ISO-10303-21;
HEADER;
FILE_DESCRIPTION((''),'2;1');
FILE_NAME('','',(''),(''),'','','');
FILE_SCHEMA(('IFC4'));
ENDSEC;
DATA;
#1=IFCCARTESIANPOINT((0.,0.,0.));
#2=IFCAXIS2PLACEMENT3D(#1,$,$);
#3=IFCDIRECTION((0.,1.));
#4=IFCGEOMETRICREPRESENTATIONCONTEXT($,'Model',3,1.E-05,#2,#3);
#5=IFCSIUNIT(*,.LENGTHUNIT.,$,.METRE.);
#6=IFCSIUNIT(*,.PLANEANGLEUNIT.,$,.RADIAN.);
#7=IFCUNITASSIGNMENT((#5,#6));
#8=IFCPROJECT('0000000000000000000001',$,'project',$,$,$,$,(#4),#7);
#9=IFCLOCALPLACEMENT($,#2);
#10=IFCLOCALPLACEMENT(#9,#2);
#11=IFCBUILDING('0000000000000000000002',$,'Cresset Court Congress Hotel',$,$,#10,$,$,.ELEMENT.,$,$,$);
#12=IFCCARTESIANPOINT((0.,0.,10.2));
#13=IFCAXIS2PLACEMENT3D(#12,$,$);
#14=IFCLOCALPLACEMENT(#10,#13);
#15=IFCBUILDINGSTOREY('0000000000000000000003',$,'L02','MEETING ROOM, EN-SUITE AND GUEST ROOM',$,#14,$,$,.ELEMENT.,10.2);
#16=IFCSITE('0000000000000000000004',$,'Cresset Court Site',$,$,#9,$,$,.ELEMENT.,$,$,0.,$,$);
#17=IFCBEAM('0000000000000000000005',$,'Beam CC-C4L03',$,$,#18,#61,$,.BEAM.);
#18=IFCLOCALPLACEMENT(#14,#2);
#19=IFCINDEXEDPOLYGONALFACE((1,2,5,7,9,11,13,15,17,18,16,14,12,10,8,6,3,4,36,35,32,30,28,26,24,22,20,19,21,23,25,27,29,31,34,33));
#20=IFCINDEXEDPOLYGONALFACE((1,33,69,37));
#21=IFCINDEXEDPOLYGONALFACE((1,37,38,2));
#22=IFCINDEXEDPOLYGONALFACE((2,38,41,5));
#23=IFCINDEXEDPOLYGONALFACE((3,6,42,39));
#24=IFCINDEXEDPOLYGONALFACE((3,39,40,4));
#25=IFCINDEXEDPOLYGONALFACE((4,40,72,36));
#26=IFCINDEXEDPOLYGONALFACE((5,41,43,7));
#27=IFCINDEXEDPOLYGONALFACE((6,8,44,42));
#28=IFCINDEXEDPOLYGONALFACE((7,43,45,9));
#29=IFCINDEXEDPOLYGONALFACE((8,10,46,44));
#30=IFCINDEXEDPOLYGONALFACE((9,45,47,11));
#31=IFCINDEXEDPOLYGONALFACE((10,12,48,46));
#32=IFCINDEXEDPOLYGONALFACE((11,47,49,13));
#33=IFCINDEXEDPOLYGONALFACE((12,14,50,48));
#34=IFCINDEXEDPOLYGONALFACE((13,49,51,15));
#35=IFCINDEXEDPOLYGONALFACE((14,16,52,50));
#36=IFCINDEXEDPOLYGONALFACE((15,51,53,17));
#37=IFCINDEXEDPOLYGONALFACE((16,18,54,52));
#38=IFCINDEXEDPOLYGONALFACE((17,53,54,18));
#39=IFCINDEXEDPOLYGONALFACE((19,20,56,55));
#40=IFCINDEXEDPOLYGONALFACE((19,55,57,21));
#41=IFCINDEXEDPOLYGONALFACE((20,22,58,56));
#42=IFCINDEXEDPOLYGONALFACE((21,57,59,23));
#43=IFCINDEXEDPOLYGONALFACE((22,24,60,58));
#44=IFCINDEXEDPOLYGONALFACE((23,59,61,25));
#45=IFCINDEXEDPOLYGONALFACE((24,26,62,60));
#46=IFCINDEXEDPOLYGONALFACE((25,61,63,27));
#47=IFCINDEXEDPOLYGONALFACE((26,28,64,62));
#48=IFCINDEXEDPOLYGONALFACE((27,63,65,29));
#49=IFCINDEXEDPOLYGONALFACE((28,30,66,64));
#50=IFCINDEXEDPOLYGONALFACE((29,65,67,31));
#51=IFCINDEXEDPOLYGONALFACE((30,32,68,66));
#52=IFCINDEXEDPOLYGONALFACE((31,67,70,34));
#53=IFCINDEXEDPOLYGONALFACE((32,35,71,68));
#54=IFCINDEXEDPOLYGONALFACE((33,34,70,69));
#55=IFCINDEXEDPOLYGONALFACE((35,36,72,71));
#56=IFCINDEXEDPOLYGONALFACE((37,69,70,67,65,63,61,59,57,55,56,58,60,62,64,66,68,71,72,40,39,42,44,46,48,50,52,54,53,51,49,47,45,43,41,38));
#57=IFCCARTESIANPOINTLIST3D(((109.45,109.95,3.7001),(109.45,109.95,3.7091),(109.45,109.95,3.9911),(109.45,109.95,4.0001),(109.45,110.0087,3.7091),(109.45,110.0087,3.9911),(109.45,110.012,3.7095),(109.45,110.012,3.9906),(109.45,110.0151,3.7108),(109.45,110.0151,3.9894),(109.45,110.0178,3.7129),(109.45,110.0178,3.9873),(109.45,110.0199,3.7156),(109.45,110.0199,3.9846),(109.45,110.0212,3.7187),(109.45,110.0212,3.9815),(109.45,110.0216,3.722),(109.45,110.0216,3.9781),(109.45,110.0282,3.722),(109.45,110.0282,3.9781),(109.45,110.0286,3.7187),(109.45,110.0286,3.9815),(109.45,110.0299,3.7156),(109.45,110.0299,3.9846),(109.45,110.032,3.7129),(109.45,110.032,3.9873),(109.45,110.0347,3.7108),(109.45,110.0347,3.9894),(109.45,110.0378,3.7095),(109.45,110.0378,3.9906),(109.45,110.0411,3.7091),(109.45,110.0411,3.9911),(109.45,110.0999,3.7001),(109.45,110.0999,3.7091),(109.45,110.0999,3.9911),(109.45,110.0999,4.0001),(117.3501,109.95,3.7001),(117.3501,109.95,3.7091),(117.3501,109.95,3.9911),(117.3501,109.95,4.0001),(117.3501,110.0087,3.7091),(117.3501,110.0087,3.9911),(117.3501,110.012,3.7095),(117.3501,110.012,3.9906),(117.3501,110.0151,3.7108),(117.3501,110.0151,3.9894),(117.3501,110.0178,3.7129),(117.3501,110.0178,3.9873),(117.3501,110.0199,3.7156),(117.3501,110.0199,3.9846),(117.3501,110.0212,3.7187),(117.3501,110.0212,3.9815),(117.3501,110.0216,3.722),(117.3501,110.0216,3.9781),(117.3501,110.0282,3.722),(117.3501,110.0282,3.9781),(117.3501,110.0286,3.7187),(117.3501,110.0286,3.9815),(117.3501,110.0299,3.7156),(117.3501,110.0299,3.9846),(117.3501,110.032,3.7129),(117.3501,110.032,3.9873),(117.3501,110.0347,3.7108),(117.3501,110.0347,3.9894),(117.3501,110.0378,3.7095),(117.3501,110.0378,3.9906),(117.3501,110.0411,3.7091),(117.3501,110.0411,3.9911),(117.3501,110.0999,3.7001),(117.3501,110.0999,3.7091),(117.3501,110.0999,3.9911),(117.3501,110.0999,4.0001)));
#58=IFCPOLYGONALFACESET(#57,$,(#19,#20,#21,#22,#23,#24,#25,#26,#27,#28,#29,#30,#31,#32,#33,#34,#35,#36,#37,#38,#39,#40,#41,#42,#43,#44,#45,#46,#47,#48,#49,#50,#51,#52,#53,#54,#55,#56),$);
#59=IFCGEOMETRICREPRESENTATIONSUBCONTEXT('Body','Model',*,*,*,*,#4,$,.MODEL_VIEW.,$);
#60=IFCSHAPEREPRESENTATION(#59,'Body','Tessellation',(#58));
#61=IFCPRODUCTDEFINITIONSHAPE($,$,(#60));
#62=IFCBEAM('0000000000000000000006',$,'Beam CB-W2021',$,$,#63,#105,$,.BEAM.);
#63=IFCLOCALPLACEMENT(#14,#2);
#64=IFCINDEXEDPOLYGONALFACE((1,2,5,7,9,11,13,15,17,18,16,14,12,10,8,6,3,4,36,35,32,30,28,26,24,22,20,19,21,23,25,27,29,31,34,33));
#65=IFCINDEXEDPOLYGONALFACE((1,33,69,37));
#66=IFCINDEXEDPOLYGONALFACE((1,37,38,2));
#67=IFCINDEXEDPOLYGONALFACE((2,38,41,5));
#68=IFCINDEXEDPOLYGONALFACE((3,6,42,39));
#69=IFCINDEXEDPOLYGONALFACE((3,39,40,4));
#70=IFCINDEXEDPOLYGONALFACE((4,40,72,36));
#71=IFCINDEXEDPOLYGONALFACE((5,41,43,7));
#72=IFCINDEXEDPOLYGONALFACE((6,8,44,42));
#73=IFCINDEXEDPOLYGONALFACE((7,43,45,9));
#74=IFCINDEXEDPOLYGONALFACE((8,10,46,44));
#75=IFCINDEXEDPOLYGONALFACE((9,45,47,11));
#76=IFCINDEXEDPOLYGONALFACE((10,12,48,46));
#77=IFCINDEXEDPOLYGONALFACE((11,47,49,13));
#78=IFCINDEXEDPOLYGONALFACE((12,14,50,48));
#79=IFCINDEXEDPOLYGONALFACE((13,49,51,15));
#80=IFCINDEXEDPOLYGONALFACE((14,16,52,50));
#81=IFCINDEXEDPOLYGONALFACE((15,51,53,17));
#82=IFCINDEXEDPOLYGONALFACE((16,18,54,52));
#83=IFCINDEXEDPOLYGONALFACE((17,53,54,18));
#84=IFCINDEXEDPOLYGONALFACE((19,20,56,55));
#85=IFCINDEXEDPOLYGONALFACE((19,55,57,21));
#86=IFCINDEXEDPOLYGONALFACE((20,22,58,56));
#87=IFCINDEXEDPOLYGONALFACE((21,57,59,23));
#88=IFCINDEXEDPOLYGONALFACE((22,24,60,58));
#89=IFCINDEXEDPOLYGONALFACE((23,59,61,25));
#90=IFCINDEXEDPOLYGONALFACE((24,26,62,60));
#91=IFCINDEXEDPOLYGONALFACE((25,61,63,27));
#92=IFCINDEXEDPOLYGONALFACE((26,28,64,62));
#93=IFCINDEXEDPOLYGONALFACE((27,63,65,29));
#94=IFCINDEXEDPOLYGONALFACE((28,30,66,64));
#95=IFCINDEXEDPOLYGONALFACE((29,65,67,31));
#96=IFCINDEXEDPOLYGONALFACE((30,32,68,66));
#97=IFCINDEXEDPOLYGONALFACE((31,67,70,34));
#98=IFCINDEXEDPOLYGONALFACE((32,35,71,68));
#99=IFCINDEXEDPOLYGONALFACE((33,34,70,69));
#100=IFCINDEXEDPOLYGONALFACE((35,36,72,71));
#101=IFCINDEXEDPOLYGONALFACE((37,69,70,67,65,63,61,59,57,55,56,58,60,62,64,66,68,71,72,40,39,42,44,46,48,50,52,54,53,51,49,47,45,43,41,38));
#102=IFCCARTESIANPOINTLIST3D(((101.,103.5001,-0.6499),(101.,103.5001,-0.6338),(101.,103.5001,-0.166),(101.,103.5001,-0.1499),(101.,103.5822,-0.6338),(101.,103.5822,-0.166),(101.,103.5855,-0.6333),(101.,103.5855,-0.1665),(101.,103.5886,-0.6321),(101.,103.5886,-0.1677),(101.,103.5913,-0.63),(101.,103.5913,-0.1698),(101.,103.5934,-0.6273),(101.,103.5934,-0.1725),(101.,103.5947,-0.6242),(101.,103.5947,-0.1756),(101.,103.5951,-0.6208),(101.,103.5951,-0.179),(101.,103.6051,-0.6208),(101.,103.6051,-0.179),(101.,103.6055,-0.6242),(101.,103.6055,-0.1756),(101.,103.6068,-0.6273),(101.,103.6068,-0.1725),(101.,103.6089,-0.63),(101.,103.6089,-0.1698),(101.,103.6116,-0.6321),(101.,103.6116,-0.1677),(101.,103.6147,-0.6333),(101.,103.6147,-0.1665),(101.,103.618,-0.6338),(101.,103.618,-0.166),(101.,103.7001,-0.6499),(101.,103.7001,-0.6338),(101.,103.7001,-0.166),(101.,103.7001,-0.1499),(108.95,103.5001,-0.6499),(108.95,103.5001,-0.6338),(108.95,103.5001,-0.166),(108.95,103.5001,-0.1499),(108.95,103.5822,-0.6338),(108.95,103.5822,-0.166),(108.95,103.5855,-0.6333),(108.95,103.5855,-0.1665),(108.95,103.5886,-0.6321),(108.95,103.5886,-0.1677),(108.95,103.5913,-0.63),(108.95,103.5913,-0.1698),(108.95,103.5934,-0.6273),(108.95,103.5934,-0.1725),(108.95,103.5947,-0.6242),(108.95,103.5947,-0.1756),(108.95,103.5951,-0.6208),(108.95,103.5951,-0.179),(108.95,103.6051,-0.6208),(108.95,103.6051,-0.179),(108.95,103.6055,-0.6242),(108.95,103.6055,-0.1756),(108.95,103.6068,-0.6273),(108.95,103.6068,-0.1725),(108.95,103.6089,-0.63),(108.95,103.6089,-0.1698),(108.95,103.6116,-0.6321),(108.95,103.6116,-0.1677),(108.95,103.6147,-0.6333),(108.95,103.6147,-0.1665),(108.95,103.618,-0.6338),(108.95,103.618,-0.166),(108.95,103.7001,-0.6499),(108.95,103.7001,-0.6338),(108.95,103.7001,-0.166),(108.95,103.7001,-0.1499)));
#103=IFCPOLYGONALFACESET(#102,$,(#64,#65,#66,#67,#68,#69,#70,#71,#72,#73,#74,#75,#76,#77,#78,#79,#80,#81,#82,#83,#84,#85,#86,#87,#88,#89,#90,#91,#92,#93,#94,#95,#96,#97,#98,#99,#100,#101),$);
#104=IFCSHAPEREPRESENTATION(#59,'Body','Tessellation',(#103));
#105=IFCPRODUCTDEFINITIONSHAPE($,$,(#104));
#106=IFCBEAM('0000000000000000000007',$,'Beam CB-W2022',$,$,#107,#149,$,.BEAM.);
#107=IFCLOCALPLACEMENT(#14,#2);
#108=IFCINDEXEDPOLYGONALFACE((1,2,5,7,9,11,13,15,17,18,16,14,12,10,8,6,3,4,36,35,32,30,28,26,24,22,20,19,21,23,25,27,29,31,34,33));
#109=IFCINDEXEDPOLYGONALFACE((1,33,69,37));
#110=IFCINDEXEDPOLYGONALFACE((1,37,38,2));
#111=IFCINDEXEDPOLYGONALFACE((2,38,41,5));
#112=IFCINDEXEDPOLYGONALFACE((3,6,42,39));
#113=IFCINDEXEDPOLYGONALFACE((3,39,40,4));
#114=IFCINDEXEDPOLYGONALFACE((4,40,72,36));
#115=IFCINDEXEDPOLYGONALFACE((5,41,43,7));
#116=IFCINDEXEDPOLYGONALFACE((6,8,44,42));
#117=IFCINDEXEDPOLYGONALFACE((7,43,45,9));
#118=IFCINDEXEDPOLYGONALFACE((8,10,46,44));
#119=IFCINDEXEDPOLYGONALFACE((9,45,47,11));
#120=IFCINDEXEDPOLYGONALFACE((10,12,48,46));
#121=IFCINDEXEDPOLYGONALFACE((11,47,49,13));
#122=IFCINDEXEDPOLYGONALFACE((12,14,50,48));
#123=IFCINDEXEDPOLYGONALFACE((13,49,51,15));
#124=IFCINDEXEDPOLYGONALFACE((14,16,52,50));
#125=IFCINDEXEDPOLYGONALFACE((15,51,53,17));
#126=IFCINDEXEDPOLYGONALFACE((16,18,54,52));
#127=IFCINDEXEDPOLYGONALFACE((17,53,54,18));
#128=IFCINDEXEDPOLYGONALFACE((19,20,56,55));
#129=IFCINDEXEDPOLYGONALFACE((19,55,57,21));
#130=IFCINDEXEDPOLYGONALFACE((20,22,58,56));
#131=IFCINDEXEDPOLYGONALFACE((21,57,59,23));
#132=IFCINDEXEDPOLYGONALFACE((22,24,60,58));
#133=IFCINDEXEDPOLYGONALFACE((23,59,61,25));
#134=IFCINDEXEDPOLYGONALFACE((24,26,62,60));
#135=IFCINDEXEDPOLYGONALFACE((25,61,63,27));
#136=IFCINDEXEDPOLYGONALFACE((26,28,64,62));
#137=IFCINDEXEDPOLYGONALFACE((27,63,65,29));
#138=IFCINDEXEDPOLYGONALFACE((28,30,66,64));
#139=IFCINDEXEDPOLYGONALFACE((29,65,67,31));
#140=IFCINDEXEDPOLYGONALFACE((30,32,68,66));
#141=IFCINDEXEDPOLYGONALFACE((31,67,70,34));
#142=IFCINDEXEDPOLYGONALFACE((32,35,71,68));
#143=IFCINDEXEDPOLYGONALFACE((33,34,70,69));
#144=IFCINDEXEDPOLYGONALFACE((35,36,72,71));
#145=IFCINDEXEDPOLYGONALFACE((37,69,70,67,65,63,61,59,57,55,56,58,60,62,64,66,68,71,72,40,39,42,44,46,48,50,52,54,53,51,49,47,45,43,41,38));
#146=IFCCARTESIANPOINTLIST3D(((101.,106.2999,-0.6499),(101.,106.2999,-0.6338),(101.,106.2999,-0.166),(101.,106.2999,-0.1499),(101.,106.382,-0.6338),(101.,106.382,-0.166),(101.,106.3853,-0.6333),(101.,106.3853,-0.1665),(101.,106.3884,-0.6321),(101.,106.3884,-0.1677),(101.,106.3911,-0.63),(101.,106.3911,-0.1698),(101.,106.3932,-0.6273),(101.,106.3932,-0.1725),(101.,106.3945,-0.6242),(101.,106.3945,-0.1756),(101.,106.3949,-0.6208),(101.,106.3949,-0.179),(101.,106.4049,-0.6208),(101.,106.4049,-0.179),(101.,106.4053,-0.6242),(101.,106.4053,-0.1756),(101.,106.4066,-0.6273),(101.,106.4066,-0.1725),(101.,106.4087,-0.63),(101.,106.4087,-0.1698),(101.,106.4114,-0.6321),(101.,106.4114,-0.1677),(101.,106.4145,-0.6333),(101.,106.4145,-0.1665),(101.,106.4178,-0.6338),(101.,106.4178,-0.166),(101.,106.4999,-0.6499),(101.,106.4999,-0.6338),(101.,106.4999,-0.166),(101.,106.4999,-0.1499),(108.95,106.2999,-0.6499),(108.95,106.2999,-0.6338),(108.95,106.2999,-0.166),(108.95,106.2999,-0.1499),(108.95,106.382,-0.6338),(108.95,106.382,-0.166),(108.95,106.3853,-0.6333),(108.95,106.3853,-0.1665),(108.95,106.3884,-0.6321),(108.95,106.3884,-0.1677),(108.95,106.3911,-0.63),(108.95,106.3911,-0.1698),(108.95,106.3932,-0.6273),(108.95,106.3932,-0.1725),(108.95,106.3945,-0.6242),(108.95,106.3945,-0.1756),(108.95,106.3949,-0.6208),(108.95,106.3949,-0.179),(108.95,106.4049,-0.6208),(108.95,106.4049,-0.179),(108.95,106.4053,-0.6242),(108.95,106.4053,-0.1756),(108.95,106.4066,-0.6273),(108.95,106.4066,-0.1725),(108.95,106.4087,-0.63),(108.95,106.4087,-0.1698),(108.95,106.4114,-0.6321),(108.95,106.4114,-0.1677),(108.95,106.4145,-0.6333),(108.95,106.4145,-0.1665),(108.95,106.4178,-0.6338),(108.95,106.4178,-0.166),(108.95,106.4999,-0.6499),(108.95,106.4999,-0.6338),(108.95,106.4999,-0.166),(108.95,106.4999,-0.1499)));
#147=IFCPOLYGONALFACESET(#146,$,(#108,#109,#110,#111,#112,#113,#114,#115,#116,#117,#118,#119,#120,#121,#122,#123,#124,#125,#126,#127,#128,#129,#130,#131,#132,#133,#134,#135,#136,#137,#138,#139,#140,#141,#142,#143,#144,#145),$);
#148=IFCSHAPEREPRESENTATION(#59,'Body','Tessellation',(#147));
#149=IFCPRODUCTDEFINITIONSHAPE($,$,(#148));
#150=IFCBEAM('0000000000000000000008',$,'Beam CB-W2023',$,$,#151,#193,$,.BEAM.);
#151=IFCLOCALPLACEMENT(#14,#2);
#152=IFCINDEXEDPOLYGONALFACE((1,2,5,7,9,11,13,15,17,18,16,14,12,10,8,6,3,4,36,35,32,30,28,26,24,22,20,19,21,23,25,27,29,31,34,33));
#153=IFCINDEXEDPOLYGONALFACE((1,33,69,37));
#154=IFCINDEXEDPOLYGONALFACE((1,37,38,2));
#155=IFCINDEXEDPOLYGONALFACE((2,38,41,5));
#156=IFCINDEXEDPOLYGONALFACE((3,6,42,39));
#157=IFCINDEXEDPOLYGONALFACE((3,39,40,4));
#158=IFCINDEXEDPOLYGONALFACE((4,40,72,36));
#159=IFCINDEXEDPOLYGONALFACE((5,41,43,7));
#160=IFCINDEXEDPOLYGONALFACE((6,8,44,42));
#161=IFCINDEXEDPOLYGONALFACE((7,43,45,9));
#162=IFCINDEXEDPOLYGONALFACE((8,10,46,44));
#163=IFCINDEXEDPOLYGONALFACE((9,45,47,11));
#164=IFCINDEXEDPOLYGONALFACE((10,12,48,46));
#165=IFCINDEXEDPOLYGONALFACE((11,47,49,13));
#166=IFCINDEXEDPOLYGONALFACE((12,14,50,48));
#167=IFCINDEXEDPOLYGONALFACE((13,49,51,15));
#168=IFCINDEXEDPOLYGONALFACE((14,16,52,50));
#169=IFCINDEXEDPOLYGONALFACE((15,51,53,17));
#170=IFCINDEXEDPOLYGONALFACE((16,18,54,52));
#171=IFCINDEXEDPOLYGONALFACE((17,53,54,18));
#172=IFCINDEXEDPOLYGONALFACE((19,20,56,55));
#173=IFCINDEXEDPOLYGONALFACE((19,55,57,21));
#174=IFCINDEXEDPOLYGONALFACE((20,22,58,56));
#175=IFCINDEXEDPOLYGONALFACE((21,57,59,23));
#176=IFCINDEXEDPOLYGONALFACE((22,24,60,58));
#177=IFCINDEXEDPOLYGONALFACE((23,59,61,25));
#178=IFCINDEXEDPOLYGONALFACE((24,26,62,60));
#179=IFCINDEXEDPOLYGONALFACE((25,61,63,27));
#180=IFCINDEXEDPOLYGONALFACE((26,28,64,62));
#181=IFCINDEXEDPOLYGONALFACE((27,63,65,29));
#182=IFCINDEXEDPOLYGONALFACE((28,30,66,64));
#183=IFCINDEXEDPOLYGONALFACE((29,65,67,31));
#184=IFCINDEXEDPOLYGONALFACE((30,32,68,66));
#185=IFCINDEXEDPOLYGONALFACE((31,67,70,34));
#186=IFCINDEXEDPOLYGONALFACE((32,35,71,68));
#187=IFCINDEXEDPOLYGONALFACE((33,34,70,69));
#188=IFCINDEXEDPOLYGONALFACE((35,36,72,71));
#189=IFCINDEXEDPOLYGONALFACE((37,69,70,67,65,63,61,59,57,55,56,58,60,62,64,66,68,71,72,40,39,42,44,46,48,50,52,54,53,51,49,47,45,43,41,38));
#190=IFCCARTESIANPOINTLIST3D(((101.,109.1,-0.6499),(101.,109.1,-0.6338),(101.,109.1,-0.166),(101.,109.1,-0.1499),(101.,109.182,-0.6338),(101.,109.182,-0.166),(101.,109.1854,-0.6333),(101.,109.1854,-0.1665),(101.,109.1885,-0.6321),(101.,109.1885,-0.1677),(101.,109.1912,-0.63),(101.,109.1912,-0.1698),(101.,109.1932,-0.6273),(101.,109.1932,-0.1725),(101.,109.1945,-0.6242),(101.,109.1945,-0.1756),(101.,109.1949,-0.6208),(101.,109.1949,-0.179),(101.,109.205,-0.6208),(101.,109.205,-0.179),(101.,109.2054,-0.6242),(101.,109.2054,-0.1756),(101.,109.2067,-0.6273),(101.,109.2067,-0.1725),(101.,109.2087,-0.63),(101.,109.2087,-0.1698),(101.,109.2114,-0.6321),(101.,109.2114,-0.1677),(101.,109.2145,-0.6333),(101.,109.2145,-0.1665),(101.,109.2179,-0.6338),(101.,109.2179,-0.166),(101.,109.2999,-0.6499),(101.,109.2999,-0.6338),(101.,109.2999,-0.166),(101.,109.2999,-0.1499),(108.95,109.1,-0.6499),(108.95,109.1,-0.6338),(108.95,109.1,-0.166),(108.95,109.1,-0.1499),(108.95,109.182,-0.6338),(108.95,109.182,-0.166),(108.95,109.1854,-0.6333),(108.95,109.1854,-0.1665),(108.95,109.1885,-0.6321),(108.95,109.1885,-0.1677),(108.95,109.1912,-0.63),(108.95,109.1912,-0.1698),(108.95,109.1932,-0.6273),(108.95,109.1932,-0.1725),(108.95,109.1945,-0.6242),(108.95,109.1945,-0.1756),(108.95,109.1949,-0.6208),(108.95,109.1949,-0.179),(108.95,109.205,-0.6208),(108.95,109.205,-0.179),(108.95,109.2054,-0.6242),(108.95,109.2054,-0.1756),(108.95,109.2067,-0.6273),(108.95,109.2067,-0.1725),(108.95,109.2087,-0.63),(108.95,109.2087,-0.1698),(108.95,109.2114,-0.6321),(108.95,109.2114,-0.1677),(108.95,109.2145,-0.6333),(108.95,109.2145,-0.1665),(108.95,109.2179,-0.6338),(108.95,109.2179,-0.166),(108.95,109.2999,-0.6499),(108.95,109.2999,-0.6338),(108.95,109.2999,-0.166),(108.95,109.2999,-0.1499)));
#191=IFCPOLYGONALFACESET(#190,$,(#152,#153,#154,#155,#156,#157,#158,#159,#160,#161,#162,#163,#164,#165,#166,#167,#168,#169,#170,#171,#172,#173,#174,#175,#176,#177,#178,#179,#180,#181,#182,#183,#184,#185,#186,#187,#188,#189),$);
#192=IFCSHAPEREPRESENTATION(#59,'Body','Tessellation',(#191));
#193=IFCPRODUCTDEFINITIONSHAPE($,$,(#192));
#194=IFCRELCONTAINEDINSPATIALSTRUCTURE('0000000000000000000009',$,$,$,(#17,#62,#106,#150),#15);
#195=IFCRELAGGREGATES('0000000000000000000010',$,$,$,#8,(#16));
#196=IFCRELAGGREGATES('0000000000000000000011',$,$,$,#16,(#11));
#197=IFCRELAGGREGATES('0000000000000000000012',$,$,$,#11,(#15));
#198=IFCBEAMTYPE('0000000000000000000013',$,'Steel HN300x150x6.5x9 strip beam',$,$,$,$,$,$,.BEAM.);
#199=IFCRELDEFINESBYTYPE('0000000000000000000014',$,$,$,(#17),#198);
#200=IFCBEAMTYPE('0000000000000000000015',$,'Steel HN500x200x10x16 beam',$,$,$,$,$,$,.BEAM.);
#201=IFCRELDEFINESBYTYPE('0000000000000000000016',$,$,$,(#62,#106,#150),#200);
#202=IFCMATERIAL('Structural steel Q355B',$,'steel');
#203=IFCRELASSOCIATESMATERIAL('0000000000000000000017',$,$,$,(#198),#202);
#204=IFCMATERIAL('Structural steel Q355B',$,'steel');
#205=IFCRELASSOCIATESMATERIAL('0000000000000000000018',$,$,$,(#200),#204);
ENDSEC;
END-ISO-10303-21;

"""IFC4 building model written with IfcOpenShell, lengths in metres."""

from ifc_helpers import new_model, si_unit, direction, frame, origin, origin_2d, place, context, subcontext, project, spatial, i_section, extrude, material, material_profile, profile_set, type_object, element, save


model = new_model("IFC4")

# Units and contexts
model_context = context("Model", 3, precision=1e-05, world=origin(), true_north=direction((0.0, 1.0)))
body_context = subcontext(model_context, "Body", "Model", "MODEL_VIEW")
ifc_project = project(units=[si_unit("LENGTHUNIT", "METRE"), si_unit("PLANEANGLEUNIT", "RADIAN")], contexts=[model_context])

# Site, building, storey
site_placement = place(None, origin())
site = spatial("IfcSite", under=ifc_project, at=site_placement, Name="Cresset Court Site", CompositionType="ELEMENT", RefElevation=0.0)
building_placement = place(site_placement, origin())
building = spatial("IfcBuilding", under=site, at=building_placement, Name="Cresset Court Congress Hotel", CompositionType="ELEMENT")
storey_placement = place(building_placement, frame((0.0, 0.0, 10.2)))
storey = spatial("IfcBuildingStorey", under=building, at=storey_placement, Name="L02", Description="MEETING ROOM, EN-SUITE AND GUEST ROOM", CompositionType="ELEMENT", Elevation=10.2)

# Beams
ifc_material_1 = material(Name="Structural steel Q355B", Category="steel")
ifc_material_profile_1 = material_profile(ifc_material_1, i_section(OverallWidth=0.1499, OverallDepth=0.3, WebThickness=0.0066, FlangeThickness=0.009, FilletRadius=0.0129, at=origin_2d()), Name="HN300x150x6.5x9")
ifc_profile_set_1 = profile_set([ifc_material_profile_1], Name="Structural steel Q355B")
beam_type_1 = type_object("IfcBeamType", Name="Steel HN300x150x6.5x9 strip beam", PredefinedType="BEAM", material=ifc_profile_set_1)
beam_placement = place(storey_placement, frame((109.45, 110.0249, 3.8501), z_axis=(1.0, 0.0, 0.0), x_axis=(0.0, 1.0, 0.0)))
element("IfcBeam", 1, at=beam_placement, inside=storey, type_object=beam_type_1, Name="Beam CC-C4L03", PredefinedType="BEAM", context=body_context, shape_type="SweptSolid", body=[
    extrude(i_section(OverallWidth=0.1499, OverallDepth=0.3, WebThickness=0.0066, FlangeThickness=0.009, FilletRadius=0.0129, at=origin_2d()), origin(), (0.0, 0.0, 1.0), 7.9001),
])
ifc_material_2 = material(Name="Structural steel Q355B", Category="steel")
ifc_material_profile_2 = material_profile(ifc_material_2, i_section(OverallWidth=0.2, OverallDepth=0.5, WebThickness=0.01, FlangeThickness=0.0161, FilletRadius=0.0129, at=origin_2d()), Name="HN500x200x10x16")
ifc_profile_set_2 = profile_set([ifc_material_profile_2], Name="Structural steel Q355B")
beam_type_2 = type_object("IfcBeamType", Name="Steel HN500x200x10x16 beam", PredefinedType="BEAM", material=ifc_profile_set_2)
for number, where, z_axis, x_axis, name in (
    (2, (101.0, 103.6001, -0.3999), (1.0, 0.0, 0.0), (0.0, 1.0, 0.0), "Beam CB-W2021"),
    (3, (101.0, 106.3999, -0.3999), (1.0, 0.0, 0.0), (0.0, 1.0, 0.0), "Beam CB-W2022"),
    (4, (101.0, 109.2, -0.3999), (1.0, 0.0, 0.0), (0.0, 1.0, 0.0), "Beam CB-W2023"),
):
    element("IfcBeam", number, at=place(storey_placement, frame(where, z_axis=z_axis, x_axis=x_axis)), inside=storey, type_object=beam_type_2, Name=name, PredefinedType="BEAM", context=body_context, shape_type="SweptSolid", body=[
        extrude(i_section(OverallWidth=0.2, OverallDepth=0.5, WebThickness=0.01, FlangeThickness=0.0161, FilletRadius=0.0129, at=origin_2d()), origin(), (0.0, 0.0, 1.0), 7.95),
    ])

save(model, "model.ifc")
